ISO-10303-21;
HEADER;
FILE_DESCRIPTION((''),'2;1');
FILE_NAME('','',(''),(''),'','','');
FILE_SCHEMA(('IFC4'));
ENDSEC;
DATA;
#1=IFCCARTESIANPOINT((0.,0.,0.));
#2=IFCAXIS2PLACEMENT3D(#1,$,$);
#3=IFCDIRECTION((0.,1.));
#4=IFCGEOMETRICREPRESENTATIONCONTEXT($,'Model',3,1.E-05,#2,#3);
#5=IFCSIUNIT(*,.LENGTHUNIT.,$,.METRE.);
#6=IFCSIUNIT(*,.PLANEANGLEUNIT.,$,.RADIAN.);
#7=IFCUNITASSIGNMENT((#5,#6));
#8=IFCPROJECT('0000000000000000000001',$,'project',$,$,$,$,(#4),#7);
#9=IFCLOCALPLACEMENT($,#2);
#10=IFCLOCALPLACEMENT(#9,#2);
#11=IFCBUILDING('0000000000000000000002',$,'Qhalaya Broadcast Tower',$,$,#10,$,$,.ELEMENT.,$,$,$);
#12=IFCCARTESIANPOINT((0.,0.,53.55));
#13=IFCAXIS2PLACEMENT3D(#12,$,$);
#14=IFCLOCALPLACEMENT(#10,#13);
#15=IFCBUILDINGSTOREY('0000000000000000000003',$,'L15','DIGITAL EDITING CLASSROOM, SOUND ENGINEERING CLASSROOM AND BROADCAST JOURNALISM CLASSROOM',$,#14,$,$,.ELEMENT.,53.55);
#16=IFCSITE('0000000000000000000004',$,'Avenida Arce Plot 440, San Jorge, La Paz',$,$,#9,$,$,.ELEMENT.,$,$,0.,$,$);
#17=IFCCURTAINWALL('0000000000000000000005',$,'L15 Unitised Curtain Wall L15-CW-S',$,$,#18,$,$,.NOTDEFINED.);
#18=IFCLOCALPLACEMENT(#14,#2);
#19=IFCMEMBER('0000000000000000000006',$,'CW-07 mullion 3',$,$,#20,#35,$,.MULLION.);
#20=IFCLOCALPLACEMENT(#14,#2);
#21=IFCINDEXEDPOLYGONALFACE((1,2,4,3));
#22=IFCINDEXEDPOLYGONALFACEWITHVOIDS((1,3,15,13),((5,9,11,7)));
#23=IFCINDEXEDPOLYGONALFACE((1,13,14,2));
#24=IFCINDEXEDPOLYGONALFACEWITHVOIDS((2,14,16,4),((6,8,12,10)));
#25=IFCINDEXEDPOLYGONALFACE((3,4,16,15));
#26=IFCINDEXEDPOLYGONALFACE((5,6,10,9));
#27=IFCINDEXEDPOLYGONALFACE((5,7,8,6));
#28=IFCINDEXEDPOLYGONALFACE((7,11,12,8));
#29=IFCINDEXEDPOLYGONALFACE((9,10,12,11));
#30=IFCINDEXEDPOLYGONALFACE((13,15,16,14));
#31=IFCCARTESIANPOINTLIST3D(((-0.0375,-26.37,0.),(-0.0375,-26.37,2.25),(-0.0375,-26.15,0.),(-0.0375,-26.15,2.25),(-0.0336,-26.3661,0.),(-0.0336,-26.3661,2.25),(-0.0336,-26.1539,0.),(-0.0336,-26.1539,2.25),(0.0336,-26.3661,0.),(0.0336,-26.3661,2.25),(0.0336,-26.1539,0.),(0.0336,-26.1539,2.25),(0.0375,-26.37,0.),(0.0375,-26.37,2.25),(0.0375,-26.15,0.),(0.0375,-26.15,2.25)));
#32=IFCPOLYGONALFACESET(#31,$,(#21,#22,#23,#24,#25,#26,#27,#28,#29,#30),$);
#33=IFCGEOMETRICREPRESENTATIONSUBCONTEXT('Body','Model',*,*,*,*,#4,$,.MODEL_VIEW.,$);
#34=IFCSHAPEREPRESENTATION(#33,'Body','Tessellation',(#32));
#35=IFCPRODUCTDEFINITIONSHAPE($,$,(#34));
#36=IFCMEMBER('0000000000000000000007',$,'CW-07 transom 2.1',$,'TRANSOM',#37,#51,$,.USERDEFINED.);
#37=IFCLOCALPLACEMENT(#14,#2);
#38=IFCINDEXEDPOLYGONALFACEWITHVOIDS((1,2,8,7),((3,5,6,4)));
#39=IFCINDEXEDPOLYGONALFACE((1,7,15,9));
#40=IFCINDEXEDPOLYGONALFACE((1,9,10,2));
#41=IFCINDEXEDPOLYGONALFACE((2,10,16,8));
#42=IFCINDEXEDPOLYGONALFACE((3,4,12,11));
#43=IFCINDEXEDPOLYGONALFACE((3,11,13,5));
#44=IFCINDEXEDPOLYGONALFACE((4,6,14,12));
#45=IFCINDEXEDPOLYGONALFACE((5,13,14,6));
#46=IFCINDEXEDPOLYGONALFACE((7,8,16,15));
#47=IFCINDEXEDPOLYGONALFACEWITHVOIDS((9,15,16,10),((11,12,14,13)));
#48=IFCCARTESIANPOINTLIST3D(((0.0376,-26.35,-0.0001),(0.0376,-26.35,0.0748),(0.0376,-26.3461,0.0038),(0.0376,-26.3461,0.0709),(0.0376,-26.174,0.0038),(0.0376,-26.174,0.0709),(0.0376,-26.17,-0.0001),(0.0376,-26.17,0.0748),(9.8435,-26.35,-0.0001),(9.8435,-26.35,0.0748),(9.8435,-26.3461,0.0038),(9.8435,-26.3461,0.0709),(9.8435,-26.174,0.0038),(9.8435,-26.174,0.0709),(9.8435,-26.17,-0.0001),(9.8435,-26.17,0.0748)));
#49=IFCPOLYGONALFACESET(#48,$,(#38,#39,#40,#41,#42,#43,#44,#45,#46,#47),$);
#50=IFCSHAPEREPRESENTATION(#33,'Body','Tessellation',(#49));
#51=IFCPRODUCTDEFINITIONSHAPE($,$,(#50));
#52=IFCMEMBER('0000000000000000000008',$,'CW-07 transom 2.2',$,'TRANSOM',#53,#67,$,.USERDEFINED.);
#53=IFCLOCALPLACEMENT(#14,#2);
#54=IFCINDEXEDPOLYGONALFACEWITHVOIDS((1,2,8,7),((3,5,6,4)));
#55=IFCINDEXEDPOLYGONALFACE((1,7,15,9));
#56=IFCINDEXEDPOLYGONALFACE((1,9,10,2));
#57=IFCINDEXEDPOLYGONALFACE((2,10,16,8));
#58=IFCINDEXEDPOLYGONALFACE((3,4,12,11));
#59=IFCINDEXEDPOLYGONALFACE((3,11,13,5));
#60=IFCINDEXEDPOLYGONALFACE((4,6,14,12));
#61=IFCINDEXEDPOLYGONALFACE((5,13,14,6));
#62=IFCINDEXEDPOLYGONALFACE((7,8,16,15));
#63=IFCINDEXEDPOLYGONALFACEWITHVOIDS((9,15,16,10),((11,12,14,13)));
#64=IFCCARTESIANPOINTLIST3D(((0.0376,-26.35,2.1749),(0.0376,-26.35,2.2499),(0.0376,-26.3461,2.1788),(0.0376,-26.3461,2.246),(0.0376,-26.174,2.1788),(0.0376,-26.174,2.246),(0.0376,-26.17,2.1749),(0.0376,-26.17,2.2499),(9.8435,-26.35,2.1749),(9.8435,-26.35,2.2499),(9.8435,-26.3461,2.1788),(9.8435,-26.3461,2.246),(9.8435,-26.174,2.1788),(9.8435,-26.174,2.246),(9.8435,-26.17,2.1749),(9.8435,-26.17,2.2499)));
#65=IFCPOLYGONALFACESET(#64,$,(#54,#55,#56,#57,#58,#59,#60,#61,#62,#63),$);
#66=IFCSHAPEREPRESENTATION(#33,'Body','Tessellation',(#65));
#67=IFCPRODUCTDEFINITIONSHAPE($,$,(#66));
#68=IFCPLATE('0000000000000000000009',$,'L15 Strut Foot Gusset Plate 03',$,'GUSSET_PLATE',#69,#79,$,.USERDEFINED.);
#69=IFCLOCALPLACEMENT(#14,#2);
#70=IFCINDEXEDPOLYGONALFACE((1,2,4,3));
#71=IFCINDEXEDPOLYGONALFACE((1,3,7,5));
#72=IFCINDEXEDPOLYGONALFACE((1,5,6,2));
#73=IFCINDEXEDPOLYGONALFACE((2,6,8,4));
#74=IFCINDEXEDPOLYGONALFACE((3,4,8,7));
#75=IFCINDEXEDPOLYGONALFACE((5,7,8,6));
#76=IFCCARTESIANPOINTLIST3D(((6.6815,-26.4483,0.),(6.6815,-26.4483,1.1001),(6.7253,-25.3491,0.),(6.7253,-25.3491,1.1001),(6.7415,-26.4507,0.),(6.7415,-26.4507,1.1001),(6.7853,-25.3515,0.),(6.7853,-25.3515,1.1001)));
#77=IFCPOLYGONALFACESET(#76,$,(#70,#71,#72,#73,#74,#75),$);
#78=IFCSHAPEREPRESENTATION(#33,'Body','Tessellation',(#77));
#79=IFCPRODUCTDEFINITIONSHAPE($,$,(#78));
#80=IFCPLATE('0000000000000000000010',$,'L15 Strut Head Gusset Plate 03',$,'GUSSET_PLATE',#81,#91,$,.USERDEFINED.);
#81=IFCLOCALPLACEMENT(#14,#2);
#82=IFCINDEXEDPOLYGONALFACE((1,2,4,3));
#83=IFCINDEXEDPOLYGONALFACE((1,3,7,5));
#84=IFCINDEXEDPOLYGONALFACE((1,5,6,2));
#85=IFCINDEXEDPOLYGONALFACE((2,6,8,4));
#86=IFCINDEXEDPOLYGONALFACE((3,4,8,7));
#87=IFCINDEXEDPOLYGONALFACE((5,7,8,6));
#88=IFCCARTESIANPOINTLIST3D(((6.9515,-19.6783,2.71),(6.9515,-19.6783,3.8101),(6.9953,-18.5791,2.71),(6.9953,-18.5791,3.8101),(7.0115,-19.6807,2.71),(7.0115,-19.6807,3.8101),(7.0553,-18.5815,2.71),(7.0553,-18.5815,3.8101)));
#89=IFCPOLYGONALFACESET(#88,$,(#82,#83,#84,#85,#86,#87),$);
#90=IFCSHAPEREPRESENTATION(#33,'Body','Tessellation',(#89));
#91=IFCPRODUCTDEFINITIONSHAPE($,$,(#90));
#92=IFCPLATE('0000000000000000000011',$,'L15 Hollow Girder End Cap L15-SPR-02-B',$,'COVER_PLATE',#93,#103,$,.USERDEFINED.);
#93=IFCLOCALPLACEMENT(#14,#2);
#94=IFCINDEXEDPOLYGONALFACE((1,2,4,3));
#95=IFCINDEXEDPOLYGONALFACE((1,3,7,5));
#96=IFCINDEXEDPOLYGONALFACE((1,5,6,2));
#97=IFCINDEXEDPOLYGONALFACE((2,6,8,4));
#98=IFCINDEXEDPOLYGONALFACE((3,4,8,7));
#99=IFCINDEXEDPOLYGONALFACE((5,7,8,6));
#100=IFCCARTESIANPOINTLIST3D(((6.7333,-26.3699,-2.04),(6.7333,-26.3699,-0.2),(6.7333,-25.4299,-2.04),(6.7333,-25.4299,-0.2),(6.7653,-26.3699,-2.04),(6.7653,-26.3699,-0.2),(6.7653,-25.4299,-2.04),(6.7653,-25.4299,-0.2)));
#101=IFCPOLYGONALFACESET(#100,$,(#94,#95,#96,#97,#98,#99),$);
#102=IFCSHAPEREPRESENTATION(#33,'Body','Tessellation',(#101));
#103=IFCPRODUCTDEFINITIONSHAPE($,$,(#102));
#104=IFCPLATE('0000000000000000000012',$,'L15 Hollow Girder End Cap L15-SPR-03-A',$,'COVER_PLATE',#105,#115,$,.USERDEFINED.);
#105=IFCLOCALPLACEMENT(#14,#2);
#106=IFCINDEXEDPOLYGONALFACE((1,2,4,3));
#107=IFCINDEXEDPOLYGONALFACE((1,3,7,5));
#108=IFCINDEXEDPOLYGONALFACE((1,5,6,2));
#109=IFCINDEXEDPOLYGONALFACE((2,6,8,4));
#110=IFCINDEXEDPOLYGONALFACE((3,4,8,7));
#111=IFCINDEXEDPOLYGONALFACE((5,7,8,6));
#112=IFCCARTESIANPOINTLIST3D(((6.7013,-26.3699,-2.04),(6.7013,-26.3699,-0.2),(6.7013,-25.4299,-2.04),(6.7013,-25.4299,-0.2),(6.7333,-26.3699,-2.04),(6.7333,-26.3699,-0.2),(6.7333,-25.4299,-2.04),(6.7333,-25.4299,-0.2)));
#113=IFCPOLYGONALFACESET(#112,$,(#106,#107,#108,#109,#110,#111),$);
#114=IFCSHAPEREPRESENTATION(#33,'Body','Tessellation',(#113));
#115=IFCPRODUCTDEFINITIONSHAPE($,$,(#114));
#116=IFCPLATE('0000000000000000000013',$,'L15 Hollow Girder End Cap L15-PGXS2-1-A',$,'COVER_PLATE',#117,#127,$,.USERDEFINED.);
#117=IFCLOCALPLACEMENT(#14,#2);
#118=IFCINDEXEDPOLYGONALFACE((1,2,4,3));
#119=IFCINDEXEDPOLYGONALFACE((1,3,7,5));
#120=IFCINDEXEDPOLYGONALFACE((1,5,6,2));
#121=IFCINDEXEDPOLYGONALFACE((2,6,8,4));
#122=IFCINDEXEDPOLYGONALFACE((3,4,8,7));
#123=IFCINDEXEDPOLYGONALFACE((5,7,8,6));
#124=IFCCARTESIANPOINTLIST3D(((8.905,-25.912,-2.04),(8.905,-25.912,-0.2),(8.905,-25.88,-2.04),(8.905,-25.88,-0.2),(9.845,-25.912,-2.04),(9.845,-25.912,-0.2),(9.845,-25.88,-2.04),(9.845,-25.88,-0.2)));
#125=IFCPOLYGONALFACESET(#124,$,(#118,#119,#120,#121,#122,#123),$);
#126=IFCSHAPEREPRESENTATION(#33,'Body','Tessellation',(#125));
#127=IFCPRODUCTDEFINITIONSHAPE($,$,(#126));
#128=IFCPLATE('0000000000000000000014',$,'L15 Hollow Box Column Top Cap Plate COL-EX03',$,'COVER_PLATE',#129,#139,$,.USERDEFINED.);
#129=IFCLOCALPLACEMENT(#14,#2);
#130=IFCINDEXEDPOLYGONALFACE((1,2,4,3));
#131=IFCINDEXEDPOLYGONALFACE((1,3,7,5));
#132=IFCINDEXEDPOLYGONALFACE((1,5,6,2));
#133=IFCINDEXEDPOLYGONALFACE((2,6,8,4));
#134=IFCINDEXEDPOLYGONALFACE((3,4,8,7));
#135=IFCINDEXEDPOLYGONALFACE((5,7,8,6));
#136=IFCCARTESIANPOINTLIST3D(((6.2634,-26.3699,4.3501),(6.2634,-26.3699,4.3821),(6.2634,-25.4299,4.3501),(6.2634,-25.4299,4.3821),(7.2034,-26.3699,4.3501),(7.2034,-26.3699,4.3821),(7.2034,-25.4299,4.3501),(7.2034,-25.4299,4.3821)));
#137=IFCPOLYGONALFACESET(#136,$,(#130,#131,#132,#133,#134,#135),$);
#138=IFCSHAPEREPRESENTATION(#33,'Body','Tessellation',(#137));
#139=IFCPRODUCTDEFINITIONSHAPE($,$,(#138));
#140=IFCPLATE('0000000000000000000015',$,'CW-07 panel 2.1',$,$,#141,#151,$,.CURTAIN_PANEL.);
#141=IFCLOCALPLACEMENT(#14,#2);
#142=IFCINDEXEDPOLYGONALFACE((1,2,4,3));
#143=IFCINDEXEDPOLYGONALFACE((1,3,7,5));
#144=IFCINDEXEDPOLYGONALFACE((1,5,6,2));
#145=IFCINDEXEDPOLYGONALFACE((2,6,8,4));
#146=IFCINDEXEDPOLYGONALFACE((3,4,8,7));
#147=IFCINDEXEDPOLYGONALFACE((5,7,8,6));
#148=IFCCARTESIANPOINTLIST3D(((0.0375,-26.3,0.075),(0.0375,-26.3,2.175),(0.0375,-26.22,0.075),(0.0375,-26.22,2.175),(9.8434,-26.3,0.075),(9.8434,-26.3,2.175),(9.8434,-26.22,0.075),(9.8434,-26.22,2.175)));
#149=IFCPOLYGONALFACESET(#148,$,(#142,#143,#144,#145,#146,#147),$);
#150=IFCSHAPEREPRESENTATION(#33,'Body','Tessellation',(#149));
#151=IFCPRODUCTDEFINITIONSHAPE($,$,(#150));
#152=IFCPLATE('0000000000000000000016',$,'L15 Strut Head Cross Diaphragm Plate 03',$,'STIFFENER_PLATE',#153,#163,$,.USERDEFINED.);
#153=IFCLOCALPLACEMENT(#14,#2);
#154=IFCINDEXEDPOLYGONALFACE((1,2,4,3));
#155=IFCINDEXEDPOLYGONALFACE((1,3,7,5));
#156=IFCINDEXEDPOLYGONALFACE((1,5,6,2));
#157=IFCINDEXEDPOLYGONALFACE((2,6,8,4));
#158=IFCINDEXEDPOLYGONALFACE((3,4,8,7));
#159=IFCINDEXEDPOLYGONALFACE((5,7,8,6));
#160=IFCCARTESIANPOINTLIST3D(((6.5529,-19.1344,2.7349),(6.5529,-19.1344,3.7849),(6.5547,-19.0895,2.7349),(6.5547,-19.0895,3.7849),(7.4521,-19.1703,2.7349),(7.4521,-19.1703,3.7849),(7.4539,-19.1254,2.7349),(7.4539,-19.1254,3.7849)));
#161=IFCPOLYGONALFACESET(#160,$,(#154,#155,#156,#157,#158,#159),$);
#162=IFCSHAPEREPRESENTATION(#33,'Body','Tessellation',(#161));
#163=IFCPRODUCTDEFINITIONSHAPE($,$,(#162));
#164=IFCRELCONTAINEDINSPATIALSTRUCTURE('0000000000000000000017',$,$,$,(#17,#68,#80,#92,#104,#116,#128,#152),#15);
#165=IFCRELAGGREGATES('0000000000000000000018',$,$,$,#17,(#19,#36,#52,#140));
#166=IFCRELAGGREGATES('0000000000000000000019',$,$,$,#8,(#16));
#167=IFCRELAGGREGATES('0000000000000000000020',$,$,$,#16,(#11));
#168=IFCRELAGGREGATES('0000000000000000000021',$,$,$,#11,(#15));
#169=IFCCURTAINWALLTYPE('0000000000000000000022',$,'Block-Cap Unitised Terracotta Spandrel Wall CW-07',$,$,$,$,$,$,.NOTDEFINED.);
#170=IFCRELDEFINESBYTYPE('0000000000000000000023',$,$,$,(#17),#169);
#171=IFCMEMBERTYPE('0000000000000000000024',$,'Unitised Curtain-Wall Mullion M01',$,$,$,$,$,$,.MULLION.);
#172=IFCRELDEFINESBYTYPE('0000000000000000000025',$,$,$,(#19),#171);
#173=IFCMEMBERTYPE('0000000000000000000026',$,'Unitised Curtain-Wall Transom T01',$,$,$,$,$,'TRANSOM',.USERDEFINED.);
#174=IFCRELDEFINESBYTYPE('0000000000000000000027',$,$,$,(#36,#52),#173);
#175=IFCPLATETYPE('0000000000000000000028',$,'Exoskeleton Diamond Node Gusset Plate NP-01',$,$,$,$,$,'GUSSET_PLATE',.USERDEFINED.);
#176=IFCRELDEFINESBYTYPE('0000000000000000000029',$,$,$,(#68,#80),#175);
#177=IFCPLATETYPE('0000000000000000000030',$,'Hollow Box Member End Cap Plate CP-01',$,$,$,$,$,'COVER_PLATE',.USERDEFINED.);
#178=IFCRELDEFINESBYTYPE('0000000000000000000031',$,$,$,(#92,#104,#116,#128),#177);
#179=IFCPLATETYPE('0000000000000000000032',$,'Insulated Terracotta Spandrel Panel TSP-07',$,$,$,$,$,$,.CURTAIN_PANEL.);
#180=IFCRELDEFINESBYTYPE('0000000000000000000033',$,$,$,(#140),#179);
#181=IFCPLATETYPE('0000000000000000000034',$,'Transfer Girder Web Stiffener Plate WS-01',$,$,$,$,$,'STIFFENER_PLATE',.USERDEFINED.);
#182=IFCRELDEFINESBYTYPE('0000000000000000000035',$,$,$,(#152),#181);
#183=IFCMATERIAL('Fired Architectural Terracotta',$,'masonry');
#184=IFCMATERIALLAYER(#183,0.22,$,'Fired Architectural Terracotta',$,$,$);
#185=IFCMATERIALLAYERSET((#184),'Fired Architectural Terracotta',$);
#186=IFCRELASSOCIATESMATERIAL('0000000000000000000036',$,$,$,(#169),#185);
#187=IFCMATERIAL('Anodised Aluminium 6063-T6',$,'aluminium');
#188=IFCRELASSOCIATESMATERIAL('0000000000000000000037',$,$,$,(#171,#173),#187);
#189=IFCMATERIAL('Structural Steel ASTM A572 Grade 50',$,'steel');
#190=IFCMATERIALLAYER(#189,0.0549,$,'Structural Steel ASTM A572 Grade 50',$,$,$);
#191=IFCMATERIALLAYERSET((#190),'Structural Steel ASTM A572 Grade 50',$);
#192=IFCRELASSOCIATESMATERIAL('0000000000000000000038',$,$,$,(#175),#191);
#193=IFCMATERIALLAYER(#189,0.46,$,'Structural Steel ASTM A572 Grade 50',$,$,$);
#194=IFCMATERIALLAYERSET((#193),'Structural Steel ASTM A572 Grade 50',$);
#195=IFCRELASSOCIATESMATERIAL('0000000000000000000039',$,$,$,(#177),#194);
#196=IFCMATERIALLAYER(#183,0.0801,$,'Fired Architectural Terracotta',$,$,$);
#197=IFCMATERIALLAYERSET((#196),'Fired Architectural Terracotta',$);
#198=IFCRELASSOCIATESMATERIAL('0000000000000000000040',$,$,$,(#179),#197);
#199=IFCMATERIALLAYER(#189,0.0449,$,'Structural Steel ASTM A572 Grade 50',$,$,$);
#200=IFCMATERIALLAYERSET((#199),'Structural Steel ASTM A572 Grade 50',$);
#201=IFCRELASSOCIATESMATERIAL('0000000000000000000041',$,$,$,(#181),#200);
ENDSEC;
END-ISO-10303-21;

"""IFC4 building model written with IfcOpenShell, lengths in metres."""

from ifc_helpers import new_model, si_unit, direction, frame, origin, origin_2d, place, context, subcontext, project, spatial, rectangle, hollow_rectangle, extrude, material, layer, layer_set, material_profile, profile_set, type_object, element, aggregate, save


model = new_model("IFC4")

# Units and contexts
model_context = context("Model", 3, precision=1e-05, world=origin(), true_north=direction((0.0, 1.0)))
body_context = subcontext(model_context, "Body", "Model", "MODEL_VIEW")
ifc_project = project(units=[si_unit("LENGTHUNIT", "METRE"), si_unit("PLANEANGLEUNIT", "RADIAN")], contexts=[model_context])

# Site, building, storey
site_placement = place(None, origin())
site = spatial("IfcSite", under=ifc_project, at=site_placement, Name="Avenida Arce Plot 440, San Jorge, La Paz", CompositionType="ELEMENT", RefElevation=0.0)
building_placement = place(site_placement, origin())
building = spatial("IfcBuilding", under=site, at=building_placement, Name="Qhalaya Broadcast Tower", CompositionType="ELEMENT")
storey_placement = place(building_placement, frame((0.0, 0.0, 53.55)))
storey = spatial("IfcBuildingStorey", under=building, at=storey_placement, Name="L15", Description="DIGITAL EDITING CLASSROOM, SOUND ENGINEERING CLASSROOM AND BROADCAST JOURNALISM CLASSROOM", CompositionType="ELEMENT", Elevation=53.55)

# Shared definitions
ifc_material_1 = material(Name="Structural Steel ASTM A572 Grade 50", Category="steel")

# Curtain wall, members
ifc_material_2 = material(Name="Fired Architectural Terracotta", Category="masonry")
ifc_layer_1 = layer(ifc_material_2, 0.22, Name="Fired Architectural Terracotta")
ifc_layer_set_1 = layer_set([ifc_layer_1], Name="Fired Architectural Terracotta")
curtain_wall_type = type_object("IfcCurtainWallType", Name="Block-Cap Unitised Terracotta Spandrel Wall CW-07", PredefinedType="NOTDEFINED", material=ifc_layer_set_1)
curtain_wall_placement = place(storey_placement, origin())
curtain_wall = element("IfcCurtainWall", 1, at=curtain_wall_placement, inside=storey, type_object=curtain_wall_type, Name="L15 Unitised Curtain Wall L15-CW-S", PredefinedType="NOTDEFINED")
ifc_material_3 = material(Name="Anodised Aluminium 6063-T6", Category="aluminium")
ifc_material_profile_1 = material_profile(ifc_material_3, hollow_rectangle(XDim=0.075, YDim=0.22, WallThickness=0.0039, at=origin_2d()), Name="ALU-MUL 75x220x4")
ifc_profile_set_1 = profile_set([ifc_material_profile_1], Name="Anodised Aluminium 6063-T6")
member_type_1 = type_object("IfcMemberType", Name="Unitised Curtain-Wall Mullion M01", PredefinedType="MULLION", material=ifc_profile_set_1)
member_1_placement = place(storey_placement, frame((0.0, -26.26, 0.0), z_axis=(0.0, 0.0, 1.0), x_axis=(-1.0, 0.0, 0.0)))
member_1 = element("IfcMember", 2, at=member_1_placement, type_object=member_type_1, Name="CW-07 mullion 3", PredefinedType="MULLION", context=body_context, shape_type="SweptSolid", body=[
    extrude(hollow_rectangle(XDim=0.075, YDim=0.22, WallThickness=0.0039, at=origin_2d()), origin(), (0.0, 0.0, 1.0), 2.25),
])
ifc_material_profile_2 = material_profile(ifc_material_3, hollow_rectangle(XDim=0.075, YDim=0.1799, WallThickness=0.0039, at=origin_2d()), Name="ALU-TRN 75x180x4")
ifc_profile_set_2 = profile_set([ifc_material_profile_2], Name="Anodised Aluminium 6063-T6")
member_type_2 = type_object("IfcMemberType", Name="Unitised Curtain-Wall Transom T01", ElementType="TRANSOM", PredefinedType="USERDEFINED", material=ifc_profile_set_2)
member_2_placement = place(storey_placement, frame((9.8435, -26.26, 0.0374), z_axis=(-1.0, 0.0, 0.0), x_axis=(0.0, 0.0, 1.0)))
member_2 = element("IfcMember", 3, at=member_2_placement, type_object=member_type_2, Name="CW-07 transom 2.1", ObjectType="TRANSOM", PredefinedType="USERDEFINED", context=body_context, shape_type="SweptSolid", body=[
    extrude(hollow_rectangle(XDim=0.075, YDim=0.1799, WallThickness=0.0039, at=origin_2d()), origin(), (0.0, 0.0, 1.0), 9.8059),
])
member_3_placement = place(storey_placement, frame((9.8435, -26.26, 2.2124), z_axis=(-1.0, 0.0, 0.0), x_axis=(0.0, 0.0, 1.0)))
member_3 = element("IfcMember", 4, at=member_3_placement, type_object=member_type_2, Name="CW-07 transom 2.2", ObjectType="TRANSOM", PredefinedType="USERDEFINED", context=body_context, shape_type="SweptSolid", body=[
    extrude(hollow_rectangle(XDim=0.075, YDim=0.1799, WallThickness=0.0039, at=origin_2d()), origin(), (0.0, 0.0, 1.0), 9.8059),
])

# Plates
ifc_layer_2 = layer(ifc_material_1, 0.0549, Name="Structural Steel ASTM A572 Grade 50")
ifc_layer_set_2 = layer_set([ifc_layer_2], Name="Structural Steel ASTM A572 Grade 50")
plate_type_1 = type_object("IfcPlateType", Name="Exoskeleton Diamond Node Gusset Plate NP-01", ElementType="GUSSET_PLATE", PredefinedType="USERDEFINED", material=ifc_layer_set_2)
for number, where, z_axis, x_axis, name in (
    (5, (6.7334, -25.8999, 0.0), (0.0, 0.0, 1.0), (0.039853, 0.999206, 0.0), "L15 Strut Foot Gusset Plate 03"),
    (6, (7.0034, -19.1299, 2.71), (0.0, 0.0, 1.0), (0.039853, 0.999206, 0.0), "L15 Strut Head Gusset Plate 03"),
):
    element("IfcPlate", number, at=place(storey_placement, frame(where, z_axis=z_axis, x_axis=x_axis)), inside=storey, type_object=plate_type_1, Name=name, ObjectType="GUSSET_PLATE", PredefinedType="USERDEFINED", context=body_context, shape_type="SweptSolid", body=[
        extrude(rectangle(XDim=1.1001, YDim=0.0601, at=origin_2d()), origin(), (0.0, 0.0, 1.0), 1.1001),
    ])
ifc_layer_3 = layer(ifc_material_1, 0.46, Name="Structural Steel ASTM A572 Grade 50")
ifc_layer_set_3 = layer_set([ifc_layer_3], Name="Structural Steel ASTM A572 Grade 50")
plate_type_2 = type_object("IfcPlateType", Name="Hollow Box Member End Cap Plate CP-01", ElementType="COVER_PLATE", PredefinedType="USERDEFINED", material=ifc_layer_set_3)
for number, where, z_axis, x_axis, name in (
    (7, (6.7493, -25.8999, -2.04), (0.0, 0.0, 1.0), (0.0, 1.0, 0.0), "L15 Hollow Girder End Cap L15-SPR-02-B"),
    (8, (6.7173, -25.8999, -2.04), (0.0, 0.0, 1.0), (0.0, 1.0, 0.0), "L15 Hollow Girder End Cap L15-SPR-03-A"),
    (9, (9.375, -25.896, -2.04), (0.0, 0.0, 1.0), (-1.0, 0.0, 0.0), "L15 Hollow Girder End Cap L15-PGXS2-1-A"),
):
    element("IfcPlate", number, at=place(storey_placement, frame(where, z_axis=z_axis, x_axis=x_axis)), inside=storey, type_object=plate_type_2, Name=name, ObjectType="COVER_PLATE", PredefinedType="USERDEFINED", context=body_context, shape_type="SweptSolid", body=[
        extrude(rectangle(XDim=0.9399, YDim=0.032, at=origin_2d()), origin(), (0.0, 0.0, 1.0), 1.8401),
    ])
plate_1_placement = place(storey_placement, frame((6.7334, -25.8999, 4.3501), z_axis=(0.0, 0.0, 1.0), x_axis=(1.0, 0.0, 0.0)))
element("IfcPlate", 10, at=plate_1_placement, inside=storey, type_object=plate_type_2, Name="L15 Hollow Box Column Top Cap Plate COL-EX03", ObjectType="COVER_PLATE", PredefinedType="USERDEFINED", context=body_context, shape_type="SweptSolid", body=[
    extrude(rectangle(XDim=0.9399, YDim=0.9399, at=origin_2d()), origin(), (0.0, 0.0, 1.0), 0.032),
])

# Plates
ifc_layer_4 = layer(ifc_material_2, 0.0801, Name="Fired Architectural Terracotta")
ifc_layer_set_4 = layer_set([ifc_layer_4], Name="Fired Architectural Terracotta")
plate_type_3 = type_object("IfcPlateType", Name="Insulated Terracotta Spandrel Panel TSP-07", PredefinedType="CURTAIN_PANEL", material=ifc_layer_set_4)
plate_2_placement = place(storey_placement, frame((4.9404, -26.26, 0.075), z_axis=(0.0, 0.0, 1.0), x_axis=(-1.0, 0.0, 0.0)))
plate_2 = element("IfcPlate", 11, at=plate_2_placement, type_object=plate_type_3, Name="CW-07 panel 2.1", PredefinedType="CURTAIN_PANEL", context=body_context, shape_type="SweptSolid", body=[
    extrude(rectangle(XDim=9.8059, YDim=0.0801, at=origin_2d()), origin(), (0.0, 0.0, 1.0), 2.1001),
])
aggregate(curtain_wall, [member_1, member_2, member_3, plate_2])
ifc_layer_5 = layer(ifc_material_1, 0.0449, Name="Structural Steel ASTM A572 Grade 50")
ifc_layer_set_5 = layer_set([ifc_layer_5], Name="Structural Steel ASTM A572 Grade 50")
plate_type_4 = type_object("IfcPlateType", Name="Transfer Girder Web Stiffener Plate WS-01", ElementType="STIFFENER_PLATE", PredefinedType="USERDEFINED", material=ifc_layer_set_5)
plate_3_placement = place(storey_placement, frame((7.0034, -19.1299, 2.7349), z_axis=(0.0, 0.0, 1.0), x_axis=(-0.999206, 0.039853, 0.0)))
element("IfcPlate", 12, at=plate_3_placement, inside=storey, type_object=plate_type_4, Name="L15 Strut Head Cross Diaphragm Plate 03", ObjectType="STIFFENER_PLATE", PredefinedType="USERDEFINED", context=body_context, shape_type="SweptSolid", body=[
    extrude(rectangle(XDim=0.8999, YDim=0.0449, at=origin_2d()), origin(), (0.0, 0.0, 1.0), 1.05),
])

save(model, "model.ifc")
